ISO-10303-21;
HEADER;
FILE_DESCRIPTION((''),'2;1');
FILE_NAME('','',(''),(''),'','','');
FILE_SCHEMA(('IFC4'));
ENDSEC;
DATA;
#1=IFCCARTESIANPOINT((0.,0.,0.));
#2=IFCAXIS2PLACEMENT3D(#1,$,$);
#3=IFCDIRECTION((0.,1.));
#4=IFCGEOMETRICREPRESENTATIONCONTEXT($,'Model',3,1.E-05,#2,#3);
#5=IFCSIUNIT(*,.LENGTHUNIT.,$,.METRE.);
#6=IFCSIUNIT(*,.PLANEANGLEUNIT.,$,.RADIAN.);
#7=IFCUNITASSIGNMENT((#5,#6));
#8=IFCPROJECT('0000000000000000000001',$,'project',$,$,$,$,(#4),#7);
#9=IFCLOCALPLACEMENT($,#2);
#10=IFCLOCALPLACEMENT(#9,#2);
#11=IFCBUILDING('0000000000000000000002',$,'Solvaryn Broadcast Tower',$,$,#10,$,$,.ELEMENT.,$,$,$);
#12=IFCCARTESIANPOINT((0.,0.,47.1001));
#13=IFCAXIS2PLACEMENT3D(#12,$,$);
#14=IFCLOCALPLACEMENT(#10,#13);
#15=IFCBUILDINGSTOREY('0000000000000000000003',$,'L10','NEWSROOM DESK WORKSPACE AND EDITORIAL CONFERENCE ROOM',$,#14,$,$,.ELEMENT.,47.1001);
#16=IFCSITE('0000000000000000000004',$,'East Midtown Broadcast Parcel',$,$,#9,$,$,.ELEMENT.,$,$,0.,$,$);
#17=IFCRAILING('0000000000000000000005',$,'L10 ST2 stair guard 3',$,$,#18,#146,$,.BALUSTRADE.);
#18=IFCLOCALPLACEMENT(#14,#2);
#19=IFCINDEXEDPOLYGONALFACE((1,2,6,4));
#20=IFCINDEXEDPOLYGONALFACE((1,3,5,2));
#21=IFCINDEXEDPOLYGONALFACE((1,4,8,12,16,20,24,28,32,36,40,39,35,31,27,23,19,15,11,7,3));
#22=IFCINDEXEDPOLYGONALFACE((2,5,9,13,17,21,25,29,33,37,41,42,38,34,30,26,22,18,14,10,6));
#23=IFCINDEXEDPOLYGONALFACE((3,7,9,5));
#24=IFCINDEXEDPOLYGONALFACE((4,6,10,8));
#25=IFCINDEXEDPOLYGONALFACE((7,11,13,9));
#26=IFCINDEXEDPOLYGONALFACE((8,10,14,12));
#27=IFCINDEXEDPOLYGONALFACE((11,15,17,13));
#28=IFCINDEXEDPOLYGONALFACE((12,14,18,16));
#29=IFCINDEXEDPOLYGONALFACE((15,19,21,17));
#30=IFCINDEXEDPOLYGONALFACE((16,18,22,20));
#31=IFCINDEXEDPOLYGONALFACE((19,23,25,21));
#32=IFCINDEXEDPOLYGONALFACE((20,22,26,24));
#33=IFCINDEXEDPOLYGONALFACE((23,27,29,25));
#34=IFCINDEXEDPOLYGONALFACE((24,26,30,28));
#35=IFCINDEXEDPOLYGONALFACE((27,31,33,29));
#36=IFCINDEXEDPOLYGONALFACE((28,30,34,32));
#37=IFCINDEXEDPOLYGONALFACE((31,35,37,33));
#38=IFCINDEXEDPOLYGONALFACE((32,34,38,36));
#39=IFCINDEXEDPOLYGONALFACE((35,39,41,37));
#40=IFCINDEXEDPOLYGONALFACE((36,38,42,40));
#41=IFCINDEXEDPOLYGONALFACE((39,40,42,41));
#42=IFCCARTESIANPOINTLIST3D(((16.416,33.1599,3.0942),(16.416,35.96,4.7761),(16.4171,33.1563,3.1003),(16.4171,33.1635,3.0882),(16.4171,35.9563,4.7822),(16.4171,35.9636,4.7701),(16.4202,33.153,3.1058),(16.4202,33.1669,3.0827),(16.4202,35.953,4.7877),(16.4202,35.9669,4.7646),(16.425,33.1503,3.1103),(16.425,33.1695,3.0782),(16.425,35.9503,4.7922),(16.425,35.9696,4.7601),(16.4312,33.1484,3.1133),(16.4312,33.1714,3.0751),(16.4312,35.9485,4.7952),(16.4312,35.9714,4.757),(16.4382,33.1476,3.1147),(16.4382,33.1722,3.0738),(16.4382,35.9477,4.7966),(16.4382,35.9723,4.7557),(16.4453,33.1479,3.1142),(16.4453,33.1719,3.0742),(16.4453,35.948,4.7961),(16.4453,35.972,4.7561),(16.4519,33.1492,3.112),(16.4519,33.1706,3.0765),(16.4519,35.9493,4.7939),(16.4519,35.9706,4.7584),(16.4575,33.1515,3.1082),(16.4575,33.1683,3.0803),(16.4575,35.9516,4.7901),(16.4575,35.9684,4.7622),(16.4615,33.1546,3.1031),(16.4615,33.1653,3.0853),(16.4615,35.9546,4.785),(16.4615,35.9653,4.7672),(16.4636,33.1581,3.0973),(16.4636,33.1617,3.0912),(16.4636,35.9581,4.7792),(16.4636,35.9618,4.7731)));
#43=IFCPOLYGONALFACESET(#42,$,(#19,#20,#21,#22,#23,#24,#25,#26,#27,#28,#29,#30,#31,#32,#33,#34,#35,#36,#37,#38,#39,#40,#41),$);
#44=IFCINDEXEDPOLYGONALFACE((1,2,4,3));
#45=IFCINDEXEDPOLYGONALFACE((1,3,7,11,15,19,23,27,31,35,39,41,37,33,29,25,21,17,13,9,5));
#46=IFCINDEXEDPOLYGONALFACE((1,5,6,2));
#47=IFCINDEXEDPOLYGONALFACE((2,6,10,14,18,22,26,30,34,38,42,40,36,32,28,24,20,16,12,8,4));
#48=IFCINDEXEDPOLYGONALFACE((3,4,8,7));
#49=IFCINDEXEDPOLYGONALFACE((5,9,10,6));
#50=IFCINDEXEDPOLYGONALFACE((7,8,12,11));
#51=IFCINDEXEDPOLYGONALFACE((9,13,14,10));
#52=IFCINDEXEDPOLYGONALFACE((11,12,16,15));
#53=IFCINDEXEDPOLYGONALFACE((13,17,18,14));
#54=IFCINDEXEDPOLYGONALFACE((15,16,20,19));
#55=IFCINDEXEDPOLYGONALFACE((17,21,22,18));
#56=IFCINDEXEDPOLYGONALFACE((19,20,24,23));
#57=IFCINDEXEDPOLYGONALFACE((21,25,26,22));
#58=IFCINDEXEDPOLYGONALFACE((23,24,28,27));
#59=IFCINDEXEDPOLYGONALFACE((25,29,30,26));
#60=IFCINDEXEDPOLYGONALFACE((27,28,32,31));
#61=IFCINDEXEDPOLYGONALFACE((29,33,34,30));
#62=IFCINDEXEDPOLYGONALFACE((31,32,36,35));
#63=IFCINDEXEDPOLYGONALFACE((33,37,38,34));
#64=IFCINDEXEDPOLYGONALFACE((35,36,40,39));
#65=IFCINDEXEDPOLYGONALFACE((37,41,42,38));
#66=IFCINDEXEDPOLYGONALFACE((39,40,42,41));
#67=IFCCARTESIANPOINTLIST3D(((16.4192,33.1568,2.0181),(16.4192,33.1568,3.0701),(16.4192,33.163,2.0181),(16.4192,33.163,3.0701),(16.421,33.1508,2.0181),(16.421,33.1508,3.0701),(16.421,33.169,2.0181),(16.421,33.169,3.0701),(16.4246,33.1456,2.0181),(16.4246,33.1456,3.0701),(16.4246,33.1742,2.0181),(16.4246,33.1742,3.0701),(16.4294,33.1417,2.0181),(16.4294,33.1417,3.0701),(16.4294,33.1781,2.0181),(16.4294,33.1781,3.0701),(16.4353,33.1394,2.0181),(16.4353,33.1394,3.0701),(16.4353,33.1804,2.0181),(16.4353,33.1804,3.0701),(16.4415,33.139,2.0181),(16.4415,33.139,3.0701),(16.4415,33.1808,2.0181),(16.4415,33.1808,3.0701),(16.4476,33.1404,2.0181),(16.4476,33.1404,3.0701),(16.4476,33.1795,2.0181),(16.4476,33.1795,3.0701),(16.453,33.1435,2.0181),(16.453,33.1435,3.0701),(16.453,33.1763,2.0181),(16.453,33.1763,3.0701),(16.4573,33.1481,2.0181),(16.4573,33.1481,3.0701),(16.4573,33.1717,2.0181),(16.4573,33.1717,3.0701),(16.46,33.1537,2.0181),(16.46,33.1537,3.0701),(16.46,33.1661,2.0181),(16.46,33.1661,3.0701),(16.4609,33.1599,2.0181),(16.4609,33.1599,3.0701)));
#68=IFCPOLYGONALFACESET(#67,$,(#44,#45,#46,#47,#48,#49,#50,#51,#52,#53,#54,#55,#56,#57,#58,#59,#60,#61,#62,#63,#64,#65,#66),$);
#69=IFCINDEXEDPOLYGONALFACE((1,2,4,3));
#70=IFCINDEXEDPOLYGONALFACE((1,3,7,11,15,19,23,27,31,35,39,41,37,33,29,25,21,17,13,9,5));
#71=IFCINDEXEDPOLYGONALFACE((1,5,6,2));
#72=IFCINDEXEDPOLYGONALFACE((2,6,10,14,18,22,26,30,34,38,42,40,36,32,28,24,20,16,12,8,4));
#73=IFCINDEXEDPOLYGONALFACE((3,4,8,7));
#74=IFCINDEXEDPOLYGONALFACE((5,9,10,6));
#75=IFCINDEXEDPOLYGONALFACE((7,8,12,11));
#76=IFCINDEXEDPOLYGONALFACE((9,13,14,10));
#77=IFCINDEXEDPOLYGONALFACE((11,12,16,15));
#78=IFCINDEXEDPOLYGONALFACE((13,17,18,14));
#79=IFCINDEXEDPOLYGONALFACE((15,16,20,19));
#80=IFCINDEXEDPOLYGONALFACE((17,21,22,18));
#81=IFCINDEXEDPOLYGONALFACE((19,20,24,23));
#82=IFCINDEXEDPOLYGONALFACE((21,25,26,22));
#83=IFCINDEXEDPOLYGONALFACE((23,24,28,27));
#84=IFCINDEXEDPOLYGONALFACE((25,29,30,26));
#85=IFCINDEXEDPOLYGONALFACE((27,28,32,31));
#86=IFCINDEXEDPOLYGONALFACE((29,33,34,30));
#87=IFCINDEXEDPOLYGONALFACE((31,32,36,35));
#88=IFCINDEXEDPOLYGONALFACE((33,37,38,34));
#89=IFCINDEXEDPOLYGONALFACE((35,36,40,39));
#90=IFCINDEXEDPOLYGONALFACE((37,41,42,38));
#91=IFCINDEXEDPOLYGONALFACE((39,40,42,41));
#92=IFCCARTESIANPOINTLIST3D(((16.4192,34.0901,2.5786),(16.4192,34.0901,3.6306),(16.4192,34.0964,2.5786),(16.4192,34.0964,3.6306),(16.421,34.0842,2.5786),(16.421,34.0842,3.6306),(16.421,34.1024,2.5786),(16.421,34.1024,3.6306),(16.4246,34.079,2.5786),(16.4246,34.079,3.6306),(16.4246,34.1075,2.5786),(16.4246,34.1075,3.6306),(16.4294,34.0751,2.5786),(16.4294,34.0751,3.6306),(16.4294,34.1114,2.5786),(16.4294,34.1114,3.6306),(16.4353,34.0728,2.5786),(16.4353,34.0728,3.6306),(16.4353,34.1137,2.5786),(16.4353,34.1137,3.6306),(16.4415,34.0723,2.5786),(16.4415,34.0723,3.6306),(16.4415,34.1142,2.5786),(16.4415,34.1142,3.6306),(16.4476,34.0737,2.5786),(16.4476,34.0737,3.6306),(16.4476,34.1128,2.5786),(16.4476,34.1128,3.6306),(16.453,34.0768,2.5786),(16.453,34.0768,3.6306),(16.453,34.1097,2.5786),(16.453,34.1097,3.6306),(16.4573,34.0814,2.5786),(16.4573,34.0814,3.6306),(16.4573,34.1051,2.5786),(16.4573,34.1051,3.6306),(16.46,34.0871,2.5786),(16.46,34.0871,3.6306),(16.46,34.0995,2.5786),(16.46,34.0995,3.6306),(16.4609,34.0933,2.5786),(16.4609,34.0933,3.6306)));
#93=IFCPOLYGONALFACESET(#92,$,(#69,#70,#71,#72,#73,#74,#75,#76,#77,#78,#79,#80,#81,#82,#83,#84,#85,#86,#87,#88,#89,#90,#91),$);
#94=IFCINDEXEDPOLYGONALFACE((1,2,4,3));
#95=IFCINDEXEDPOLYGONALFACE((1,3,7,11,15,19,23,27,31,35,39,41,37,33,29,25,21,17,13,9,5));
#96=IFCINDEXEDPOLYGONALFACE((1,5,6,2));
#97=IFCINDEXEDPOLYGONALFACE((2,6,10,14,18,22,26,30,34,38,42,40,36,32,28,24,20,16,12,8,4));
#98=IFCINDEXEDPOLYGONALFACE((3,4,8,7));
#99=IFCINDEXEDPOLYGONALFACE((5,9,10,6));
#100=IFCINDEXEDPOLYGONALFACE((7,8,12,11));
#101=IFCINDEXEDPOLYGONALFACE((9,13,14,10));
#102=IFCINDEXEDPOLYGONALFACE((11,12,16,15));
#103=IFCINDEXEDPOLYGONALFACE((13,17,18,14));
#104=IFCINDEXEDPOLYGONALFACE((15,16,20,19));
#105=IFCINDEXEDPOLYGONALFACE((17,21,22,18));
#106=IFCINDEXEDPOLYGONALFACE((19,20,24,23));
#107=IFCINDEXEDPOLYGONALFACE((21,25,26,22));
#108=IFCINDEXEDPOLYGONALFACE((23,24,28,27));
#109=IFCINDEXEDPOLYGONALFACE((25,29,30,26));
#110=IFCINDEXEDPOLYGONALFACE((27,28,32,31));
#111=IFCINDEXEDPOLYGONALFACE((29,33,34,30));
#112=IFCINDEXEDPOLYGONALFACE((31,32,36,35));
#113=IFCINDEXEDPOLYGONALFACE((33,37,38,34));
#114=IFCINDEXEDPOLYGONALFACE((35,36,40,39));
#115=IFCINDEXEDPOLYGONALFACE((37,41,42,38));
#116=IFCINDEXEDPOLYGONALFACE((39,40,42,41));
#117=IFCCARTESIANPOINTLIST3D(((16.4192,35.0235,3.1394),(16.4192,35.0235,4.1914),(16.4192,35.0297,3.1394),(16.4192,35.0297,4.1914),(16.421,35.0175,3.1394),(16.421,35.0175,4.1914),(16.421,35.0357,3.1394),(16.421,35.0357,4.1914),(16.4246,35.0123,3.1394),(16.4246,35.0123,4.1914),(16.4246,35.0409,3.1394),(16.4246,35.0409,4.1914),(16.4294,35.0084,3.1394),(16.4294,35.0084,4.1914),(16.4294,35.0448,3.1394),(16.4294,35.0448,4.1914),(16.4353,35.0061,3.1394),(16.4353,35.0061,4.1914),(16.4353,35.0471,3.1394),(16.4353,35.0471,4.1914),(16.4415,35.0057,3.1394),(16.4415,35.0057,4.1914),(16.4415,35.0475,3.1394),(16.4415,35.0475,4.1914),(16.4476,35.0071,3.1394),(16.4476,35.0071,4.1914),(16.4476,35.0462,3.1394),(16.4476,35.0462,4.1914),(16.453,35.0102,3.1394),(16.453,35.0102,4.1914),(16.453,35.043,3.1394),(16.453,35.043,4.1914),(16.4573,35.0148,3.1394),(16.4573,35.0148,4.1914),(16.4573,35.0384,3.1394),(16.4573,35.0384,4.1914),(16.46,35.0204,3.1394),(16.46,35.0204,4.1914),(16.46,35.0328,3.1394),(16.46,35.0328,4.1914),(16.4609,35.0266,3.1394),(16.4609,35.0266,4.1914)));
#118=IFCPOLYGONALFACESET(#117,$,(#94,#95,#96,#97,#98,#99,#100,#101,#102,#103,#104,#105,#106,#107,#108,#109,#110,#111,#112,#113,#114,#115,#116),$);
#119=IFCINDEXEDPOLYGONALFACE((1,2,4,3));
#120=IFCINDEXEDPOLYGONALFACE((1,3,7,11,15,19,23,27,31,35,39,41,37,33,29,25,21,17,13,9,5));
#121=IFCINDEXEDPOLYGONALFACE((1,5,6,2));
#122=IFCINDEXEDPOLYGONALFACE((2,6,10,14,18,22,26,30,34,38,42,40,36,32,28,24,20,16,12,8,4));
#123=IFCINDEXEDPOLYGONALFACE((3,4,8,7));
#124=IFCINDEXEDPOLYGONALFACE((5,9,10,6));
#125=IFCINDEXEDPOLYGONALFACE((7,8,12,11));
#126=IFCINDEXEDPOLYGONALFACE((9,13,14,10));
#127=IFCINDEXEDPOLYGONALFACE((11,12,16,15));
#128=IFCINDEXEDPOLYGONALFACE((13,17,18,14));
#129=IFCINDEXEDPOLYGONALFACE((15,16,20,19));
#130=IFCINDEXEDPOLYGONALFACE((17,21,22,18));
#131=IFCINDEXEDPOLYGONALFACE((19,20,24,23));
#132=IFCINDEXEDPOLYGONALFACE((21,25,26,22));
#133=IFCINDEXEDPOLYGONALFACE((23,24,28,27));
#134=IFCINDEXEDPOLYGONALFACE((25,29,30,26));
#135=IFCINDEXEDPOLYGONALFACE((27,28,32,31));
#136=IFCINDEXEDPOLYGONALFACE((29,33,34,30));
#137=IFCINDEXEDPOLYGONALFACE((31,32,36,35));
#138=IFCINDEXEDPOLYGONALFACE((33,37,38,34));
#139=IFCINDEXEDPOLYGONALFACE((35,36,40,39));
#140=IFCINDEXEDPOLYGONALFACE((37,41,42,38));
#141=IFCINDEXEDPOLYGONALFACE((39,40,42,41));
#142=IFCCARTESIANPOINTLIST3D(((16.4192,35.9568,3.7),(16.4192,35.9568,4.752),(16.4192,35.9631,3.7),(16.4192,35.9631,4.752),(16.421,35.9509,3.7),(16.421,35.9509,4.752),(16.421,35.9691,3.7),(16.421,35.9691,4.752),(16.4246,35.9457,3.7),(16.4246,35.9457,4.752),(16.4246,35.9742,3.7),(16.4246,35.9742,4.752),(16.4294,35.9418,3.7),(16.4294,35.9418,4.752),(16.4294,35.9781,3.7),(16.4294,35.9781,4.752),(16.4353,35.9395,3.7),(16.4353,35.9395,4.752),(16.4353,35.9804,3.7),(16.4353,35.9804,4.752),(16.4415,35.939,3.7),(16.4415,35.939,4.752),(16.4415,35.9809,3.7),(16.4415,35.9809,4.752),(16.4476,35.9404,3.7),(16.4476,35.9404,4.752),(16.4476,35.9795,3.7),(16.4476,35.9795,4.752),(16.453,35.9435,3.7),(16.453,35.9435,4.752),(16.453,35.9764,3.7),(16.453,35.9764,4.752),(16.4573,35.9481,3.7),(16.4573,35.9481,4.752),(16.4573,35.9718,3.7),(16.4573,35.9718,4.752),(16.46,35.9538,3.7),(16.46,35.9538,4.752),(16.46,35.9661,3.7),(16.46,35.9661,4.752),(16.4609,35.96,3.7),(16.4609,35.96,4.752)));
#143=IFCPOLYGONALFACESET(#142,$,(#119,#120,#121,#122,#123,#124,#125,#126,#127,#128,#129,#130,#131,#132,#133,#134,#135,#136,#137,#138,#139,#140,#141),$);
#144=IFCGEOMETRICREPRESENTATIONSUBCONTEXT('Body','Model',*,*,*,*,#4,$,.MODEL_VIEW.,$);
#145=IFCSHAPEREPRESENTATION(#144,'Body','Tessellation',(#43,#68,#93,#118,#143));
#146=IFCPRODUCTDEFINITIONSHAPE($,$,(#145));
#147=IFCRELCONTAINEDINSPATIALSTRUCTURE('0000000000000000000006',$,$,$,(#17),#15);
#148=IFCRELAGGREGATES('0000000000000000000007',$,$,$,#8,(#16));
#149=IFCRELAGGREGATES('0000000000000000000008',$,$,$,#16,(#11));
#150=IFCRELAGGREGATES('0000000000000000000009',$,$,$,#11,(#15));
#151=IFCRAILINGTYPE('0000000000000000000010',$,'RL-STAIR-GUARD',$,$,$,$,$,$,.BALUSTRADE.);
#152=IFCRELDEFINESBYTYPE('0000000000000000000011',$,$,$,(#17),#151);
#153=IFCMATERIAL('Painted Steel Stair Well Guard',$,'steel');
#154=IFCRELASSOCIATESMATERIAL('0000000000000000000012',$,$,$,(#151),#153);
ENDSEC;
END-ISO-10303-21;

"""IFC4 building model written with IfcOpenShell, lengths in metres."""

from ifc_helpers import new_model, si_unit, direction, frame, origin, origin_2d, place, context, subcontext, project, spatial, circle, extrude, material, type_object, element, save


model = new_model("IFC4")

# Units and contexts
model_context = context("Model", 3, precision=1e-05, world=origin(), true_north=direction((0.0, 1.0)))
body_context = subcontext(model_context, "Body", "Model", "MODEL_VIEW")
ifc_project = project(units=[si_unit("LENGTHUNIT", "METRE"), si_unit("PLANEANGLEUNIT", "RADIAN")], contexts=[model_context])

# Site, building, storey
site_placement = place(None, origin())
site = spatial("IfcSite", under=ifc_project, at=site_placement, Name="East Midtown Broadcast Parcel", CompositionType="ELEMENT", RefElevation=0.0)
building_placement = place(site_placement, origin())
building = spatial("IfcBuilding", under=site, at=building_placement, Name="Solvaryn Broadcast Tower", CompositionType="ELEMENT")
storey_placement = place(building_placement, frame((0.0, 0.0, 47.1001)))
storey = spatial("IfcBuildingStorey", under=building, at=storey_placement, Name="L10", Description="NEWSROOM DESK WORKSPACE AND EDITORIAL CONFERENCE ROOM", CompositionType="ELEMENT", Elevation=47.1001)

# Railing
ifc_material_1 = material(Name="Painted Steel Stair Well Guard", Category="steel")
railing_type_1 = type_object("IfcRailingType", Name="RL-STAIR-GUARD", PredefinedType="BALUSTRADE", material=ifc_material_1)
railing_1_placement = place(storey_placement, frame((16.4399, 33.1599, 2.0181)))
element("IfcRailing", 1, at=railing_1_placement, inside=storey, type_object=railing_type_1, Name="L10 ST2 stair guard 3", PredefinedType="BALUSTRADE", context=body_context, shape_type="SweptSolid", body=[
    extrude(circle(Radius=0.0239, at=origin_2d()), frame((0.0, 0.0, 1.0762), z_axis=(0.0, 0.857242, 0.514913), x_axis=(-1.0, 0.0, 0.0)), (0.0, 0.0, 1.0), 3.2664),
    extrude(circle(Radius=0.021, at=origin_2d()), origin(), (0.0, 0.0, 1.0), 1.052),
    extrude(circle(Radius=0.021, at=origin_2d()), frame((0.0, 0.9333, 0.5605)), (0.0, 0.0, 1.0), 1.052),
    extrude(circle(Radius=0.021, at=origin_2d()), frame((0.0, 1.8667, 1.1213)), (0.0, 0.0, 1.0), 1.052),
    extrude(circle(Radius=0.021, at=origin_2d()), frame((0.0, 2.8, 1.6819)), (0.0, 0.0, 1.0), 1.052),
])

save(model, "model.ifc")
